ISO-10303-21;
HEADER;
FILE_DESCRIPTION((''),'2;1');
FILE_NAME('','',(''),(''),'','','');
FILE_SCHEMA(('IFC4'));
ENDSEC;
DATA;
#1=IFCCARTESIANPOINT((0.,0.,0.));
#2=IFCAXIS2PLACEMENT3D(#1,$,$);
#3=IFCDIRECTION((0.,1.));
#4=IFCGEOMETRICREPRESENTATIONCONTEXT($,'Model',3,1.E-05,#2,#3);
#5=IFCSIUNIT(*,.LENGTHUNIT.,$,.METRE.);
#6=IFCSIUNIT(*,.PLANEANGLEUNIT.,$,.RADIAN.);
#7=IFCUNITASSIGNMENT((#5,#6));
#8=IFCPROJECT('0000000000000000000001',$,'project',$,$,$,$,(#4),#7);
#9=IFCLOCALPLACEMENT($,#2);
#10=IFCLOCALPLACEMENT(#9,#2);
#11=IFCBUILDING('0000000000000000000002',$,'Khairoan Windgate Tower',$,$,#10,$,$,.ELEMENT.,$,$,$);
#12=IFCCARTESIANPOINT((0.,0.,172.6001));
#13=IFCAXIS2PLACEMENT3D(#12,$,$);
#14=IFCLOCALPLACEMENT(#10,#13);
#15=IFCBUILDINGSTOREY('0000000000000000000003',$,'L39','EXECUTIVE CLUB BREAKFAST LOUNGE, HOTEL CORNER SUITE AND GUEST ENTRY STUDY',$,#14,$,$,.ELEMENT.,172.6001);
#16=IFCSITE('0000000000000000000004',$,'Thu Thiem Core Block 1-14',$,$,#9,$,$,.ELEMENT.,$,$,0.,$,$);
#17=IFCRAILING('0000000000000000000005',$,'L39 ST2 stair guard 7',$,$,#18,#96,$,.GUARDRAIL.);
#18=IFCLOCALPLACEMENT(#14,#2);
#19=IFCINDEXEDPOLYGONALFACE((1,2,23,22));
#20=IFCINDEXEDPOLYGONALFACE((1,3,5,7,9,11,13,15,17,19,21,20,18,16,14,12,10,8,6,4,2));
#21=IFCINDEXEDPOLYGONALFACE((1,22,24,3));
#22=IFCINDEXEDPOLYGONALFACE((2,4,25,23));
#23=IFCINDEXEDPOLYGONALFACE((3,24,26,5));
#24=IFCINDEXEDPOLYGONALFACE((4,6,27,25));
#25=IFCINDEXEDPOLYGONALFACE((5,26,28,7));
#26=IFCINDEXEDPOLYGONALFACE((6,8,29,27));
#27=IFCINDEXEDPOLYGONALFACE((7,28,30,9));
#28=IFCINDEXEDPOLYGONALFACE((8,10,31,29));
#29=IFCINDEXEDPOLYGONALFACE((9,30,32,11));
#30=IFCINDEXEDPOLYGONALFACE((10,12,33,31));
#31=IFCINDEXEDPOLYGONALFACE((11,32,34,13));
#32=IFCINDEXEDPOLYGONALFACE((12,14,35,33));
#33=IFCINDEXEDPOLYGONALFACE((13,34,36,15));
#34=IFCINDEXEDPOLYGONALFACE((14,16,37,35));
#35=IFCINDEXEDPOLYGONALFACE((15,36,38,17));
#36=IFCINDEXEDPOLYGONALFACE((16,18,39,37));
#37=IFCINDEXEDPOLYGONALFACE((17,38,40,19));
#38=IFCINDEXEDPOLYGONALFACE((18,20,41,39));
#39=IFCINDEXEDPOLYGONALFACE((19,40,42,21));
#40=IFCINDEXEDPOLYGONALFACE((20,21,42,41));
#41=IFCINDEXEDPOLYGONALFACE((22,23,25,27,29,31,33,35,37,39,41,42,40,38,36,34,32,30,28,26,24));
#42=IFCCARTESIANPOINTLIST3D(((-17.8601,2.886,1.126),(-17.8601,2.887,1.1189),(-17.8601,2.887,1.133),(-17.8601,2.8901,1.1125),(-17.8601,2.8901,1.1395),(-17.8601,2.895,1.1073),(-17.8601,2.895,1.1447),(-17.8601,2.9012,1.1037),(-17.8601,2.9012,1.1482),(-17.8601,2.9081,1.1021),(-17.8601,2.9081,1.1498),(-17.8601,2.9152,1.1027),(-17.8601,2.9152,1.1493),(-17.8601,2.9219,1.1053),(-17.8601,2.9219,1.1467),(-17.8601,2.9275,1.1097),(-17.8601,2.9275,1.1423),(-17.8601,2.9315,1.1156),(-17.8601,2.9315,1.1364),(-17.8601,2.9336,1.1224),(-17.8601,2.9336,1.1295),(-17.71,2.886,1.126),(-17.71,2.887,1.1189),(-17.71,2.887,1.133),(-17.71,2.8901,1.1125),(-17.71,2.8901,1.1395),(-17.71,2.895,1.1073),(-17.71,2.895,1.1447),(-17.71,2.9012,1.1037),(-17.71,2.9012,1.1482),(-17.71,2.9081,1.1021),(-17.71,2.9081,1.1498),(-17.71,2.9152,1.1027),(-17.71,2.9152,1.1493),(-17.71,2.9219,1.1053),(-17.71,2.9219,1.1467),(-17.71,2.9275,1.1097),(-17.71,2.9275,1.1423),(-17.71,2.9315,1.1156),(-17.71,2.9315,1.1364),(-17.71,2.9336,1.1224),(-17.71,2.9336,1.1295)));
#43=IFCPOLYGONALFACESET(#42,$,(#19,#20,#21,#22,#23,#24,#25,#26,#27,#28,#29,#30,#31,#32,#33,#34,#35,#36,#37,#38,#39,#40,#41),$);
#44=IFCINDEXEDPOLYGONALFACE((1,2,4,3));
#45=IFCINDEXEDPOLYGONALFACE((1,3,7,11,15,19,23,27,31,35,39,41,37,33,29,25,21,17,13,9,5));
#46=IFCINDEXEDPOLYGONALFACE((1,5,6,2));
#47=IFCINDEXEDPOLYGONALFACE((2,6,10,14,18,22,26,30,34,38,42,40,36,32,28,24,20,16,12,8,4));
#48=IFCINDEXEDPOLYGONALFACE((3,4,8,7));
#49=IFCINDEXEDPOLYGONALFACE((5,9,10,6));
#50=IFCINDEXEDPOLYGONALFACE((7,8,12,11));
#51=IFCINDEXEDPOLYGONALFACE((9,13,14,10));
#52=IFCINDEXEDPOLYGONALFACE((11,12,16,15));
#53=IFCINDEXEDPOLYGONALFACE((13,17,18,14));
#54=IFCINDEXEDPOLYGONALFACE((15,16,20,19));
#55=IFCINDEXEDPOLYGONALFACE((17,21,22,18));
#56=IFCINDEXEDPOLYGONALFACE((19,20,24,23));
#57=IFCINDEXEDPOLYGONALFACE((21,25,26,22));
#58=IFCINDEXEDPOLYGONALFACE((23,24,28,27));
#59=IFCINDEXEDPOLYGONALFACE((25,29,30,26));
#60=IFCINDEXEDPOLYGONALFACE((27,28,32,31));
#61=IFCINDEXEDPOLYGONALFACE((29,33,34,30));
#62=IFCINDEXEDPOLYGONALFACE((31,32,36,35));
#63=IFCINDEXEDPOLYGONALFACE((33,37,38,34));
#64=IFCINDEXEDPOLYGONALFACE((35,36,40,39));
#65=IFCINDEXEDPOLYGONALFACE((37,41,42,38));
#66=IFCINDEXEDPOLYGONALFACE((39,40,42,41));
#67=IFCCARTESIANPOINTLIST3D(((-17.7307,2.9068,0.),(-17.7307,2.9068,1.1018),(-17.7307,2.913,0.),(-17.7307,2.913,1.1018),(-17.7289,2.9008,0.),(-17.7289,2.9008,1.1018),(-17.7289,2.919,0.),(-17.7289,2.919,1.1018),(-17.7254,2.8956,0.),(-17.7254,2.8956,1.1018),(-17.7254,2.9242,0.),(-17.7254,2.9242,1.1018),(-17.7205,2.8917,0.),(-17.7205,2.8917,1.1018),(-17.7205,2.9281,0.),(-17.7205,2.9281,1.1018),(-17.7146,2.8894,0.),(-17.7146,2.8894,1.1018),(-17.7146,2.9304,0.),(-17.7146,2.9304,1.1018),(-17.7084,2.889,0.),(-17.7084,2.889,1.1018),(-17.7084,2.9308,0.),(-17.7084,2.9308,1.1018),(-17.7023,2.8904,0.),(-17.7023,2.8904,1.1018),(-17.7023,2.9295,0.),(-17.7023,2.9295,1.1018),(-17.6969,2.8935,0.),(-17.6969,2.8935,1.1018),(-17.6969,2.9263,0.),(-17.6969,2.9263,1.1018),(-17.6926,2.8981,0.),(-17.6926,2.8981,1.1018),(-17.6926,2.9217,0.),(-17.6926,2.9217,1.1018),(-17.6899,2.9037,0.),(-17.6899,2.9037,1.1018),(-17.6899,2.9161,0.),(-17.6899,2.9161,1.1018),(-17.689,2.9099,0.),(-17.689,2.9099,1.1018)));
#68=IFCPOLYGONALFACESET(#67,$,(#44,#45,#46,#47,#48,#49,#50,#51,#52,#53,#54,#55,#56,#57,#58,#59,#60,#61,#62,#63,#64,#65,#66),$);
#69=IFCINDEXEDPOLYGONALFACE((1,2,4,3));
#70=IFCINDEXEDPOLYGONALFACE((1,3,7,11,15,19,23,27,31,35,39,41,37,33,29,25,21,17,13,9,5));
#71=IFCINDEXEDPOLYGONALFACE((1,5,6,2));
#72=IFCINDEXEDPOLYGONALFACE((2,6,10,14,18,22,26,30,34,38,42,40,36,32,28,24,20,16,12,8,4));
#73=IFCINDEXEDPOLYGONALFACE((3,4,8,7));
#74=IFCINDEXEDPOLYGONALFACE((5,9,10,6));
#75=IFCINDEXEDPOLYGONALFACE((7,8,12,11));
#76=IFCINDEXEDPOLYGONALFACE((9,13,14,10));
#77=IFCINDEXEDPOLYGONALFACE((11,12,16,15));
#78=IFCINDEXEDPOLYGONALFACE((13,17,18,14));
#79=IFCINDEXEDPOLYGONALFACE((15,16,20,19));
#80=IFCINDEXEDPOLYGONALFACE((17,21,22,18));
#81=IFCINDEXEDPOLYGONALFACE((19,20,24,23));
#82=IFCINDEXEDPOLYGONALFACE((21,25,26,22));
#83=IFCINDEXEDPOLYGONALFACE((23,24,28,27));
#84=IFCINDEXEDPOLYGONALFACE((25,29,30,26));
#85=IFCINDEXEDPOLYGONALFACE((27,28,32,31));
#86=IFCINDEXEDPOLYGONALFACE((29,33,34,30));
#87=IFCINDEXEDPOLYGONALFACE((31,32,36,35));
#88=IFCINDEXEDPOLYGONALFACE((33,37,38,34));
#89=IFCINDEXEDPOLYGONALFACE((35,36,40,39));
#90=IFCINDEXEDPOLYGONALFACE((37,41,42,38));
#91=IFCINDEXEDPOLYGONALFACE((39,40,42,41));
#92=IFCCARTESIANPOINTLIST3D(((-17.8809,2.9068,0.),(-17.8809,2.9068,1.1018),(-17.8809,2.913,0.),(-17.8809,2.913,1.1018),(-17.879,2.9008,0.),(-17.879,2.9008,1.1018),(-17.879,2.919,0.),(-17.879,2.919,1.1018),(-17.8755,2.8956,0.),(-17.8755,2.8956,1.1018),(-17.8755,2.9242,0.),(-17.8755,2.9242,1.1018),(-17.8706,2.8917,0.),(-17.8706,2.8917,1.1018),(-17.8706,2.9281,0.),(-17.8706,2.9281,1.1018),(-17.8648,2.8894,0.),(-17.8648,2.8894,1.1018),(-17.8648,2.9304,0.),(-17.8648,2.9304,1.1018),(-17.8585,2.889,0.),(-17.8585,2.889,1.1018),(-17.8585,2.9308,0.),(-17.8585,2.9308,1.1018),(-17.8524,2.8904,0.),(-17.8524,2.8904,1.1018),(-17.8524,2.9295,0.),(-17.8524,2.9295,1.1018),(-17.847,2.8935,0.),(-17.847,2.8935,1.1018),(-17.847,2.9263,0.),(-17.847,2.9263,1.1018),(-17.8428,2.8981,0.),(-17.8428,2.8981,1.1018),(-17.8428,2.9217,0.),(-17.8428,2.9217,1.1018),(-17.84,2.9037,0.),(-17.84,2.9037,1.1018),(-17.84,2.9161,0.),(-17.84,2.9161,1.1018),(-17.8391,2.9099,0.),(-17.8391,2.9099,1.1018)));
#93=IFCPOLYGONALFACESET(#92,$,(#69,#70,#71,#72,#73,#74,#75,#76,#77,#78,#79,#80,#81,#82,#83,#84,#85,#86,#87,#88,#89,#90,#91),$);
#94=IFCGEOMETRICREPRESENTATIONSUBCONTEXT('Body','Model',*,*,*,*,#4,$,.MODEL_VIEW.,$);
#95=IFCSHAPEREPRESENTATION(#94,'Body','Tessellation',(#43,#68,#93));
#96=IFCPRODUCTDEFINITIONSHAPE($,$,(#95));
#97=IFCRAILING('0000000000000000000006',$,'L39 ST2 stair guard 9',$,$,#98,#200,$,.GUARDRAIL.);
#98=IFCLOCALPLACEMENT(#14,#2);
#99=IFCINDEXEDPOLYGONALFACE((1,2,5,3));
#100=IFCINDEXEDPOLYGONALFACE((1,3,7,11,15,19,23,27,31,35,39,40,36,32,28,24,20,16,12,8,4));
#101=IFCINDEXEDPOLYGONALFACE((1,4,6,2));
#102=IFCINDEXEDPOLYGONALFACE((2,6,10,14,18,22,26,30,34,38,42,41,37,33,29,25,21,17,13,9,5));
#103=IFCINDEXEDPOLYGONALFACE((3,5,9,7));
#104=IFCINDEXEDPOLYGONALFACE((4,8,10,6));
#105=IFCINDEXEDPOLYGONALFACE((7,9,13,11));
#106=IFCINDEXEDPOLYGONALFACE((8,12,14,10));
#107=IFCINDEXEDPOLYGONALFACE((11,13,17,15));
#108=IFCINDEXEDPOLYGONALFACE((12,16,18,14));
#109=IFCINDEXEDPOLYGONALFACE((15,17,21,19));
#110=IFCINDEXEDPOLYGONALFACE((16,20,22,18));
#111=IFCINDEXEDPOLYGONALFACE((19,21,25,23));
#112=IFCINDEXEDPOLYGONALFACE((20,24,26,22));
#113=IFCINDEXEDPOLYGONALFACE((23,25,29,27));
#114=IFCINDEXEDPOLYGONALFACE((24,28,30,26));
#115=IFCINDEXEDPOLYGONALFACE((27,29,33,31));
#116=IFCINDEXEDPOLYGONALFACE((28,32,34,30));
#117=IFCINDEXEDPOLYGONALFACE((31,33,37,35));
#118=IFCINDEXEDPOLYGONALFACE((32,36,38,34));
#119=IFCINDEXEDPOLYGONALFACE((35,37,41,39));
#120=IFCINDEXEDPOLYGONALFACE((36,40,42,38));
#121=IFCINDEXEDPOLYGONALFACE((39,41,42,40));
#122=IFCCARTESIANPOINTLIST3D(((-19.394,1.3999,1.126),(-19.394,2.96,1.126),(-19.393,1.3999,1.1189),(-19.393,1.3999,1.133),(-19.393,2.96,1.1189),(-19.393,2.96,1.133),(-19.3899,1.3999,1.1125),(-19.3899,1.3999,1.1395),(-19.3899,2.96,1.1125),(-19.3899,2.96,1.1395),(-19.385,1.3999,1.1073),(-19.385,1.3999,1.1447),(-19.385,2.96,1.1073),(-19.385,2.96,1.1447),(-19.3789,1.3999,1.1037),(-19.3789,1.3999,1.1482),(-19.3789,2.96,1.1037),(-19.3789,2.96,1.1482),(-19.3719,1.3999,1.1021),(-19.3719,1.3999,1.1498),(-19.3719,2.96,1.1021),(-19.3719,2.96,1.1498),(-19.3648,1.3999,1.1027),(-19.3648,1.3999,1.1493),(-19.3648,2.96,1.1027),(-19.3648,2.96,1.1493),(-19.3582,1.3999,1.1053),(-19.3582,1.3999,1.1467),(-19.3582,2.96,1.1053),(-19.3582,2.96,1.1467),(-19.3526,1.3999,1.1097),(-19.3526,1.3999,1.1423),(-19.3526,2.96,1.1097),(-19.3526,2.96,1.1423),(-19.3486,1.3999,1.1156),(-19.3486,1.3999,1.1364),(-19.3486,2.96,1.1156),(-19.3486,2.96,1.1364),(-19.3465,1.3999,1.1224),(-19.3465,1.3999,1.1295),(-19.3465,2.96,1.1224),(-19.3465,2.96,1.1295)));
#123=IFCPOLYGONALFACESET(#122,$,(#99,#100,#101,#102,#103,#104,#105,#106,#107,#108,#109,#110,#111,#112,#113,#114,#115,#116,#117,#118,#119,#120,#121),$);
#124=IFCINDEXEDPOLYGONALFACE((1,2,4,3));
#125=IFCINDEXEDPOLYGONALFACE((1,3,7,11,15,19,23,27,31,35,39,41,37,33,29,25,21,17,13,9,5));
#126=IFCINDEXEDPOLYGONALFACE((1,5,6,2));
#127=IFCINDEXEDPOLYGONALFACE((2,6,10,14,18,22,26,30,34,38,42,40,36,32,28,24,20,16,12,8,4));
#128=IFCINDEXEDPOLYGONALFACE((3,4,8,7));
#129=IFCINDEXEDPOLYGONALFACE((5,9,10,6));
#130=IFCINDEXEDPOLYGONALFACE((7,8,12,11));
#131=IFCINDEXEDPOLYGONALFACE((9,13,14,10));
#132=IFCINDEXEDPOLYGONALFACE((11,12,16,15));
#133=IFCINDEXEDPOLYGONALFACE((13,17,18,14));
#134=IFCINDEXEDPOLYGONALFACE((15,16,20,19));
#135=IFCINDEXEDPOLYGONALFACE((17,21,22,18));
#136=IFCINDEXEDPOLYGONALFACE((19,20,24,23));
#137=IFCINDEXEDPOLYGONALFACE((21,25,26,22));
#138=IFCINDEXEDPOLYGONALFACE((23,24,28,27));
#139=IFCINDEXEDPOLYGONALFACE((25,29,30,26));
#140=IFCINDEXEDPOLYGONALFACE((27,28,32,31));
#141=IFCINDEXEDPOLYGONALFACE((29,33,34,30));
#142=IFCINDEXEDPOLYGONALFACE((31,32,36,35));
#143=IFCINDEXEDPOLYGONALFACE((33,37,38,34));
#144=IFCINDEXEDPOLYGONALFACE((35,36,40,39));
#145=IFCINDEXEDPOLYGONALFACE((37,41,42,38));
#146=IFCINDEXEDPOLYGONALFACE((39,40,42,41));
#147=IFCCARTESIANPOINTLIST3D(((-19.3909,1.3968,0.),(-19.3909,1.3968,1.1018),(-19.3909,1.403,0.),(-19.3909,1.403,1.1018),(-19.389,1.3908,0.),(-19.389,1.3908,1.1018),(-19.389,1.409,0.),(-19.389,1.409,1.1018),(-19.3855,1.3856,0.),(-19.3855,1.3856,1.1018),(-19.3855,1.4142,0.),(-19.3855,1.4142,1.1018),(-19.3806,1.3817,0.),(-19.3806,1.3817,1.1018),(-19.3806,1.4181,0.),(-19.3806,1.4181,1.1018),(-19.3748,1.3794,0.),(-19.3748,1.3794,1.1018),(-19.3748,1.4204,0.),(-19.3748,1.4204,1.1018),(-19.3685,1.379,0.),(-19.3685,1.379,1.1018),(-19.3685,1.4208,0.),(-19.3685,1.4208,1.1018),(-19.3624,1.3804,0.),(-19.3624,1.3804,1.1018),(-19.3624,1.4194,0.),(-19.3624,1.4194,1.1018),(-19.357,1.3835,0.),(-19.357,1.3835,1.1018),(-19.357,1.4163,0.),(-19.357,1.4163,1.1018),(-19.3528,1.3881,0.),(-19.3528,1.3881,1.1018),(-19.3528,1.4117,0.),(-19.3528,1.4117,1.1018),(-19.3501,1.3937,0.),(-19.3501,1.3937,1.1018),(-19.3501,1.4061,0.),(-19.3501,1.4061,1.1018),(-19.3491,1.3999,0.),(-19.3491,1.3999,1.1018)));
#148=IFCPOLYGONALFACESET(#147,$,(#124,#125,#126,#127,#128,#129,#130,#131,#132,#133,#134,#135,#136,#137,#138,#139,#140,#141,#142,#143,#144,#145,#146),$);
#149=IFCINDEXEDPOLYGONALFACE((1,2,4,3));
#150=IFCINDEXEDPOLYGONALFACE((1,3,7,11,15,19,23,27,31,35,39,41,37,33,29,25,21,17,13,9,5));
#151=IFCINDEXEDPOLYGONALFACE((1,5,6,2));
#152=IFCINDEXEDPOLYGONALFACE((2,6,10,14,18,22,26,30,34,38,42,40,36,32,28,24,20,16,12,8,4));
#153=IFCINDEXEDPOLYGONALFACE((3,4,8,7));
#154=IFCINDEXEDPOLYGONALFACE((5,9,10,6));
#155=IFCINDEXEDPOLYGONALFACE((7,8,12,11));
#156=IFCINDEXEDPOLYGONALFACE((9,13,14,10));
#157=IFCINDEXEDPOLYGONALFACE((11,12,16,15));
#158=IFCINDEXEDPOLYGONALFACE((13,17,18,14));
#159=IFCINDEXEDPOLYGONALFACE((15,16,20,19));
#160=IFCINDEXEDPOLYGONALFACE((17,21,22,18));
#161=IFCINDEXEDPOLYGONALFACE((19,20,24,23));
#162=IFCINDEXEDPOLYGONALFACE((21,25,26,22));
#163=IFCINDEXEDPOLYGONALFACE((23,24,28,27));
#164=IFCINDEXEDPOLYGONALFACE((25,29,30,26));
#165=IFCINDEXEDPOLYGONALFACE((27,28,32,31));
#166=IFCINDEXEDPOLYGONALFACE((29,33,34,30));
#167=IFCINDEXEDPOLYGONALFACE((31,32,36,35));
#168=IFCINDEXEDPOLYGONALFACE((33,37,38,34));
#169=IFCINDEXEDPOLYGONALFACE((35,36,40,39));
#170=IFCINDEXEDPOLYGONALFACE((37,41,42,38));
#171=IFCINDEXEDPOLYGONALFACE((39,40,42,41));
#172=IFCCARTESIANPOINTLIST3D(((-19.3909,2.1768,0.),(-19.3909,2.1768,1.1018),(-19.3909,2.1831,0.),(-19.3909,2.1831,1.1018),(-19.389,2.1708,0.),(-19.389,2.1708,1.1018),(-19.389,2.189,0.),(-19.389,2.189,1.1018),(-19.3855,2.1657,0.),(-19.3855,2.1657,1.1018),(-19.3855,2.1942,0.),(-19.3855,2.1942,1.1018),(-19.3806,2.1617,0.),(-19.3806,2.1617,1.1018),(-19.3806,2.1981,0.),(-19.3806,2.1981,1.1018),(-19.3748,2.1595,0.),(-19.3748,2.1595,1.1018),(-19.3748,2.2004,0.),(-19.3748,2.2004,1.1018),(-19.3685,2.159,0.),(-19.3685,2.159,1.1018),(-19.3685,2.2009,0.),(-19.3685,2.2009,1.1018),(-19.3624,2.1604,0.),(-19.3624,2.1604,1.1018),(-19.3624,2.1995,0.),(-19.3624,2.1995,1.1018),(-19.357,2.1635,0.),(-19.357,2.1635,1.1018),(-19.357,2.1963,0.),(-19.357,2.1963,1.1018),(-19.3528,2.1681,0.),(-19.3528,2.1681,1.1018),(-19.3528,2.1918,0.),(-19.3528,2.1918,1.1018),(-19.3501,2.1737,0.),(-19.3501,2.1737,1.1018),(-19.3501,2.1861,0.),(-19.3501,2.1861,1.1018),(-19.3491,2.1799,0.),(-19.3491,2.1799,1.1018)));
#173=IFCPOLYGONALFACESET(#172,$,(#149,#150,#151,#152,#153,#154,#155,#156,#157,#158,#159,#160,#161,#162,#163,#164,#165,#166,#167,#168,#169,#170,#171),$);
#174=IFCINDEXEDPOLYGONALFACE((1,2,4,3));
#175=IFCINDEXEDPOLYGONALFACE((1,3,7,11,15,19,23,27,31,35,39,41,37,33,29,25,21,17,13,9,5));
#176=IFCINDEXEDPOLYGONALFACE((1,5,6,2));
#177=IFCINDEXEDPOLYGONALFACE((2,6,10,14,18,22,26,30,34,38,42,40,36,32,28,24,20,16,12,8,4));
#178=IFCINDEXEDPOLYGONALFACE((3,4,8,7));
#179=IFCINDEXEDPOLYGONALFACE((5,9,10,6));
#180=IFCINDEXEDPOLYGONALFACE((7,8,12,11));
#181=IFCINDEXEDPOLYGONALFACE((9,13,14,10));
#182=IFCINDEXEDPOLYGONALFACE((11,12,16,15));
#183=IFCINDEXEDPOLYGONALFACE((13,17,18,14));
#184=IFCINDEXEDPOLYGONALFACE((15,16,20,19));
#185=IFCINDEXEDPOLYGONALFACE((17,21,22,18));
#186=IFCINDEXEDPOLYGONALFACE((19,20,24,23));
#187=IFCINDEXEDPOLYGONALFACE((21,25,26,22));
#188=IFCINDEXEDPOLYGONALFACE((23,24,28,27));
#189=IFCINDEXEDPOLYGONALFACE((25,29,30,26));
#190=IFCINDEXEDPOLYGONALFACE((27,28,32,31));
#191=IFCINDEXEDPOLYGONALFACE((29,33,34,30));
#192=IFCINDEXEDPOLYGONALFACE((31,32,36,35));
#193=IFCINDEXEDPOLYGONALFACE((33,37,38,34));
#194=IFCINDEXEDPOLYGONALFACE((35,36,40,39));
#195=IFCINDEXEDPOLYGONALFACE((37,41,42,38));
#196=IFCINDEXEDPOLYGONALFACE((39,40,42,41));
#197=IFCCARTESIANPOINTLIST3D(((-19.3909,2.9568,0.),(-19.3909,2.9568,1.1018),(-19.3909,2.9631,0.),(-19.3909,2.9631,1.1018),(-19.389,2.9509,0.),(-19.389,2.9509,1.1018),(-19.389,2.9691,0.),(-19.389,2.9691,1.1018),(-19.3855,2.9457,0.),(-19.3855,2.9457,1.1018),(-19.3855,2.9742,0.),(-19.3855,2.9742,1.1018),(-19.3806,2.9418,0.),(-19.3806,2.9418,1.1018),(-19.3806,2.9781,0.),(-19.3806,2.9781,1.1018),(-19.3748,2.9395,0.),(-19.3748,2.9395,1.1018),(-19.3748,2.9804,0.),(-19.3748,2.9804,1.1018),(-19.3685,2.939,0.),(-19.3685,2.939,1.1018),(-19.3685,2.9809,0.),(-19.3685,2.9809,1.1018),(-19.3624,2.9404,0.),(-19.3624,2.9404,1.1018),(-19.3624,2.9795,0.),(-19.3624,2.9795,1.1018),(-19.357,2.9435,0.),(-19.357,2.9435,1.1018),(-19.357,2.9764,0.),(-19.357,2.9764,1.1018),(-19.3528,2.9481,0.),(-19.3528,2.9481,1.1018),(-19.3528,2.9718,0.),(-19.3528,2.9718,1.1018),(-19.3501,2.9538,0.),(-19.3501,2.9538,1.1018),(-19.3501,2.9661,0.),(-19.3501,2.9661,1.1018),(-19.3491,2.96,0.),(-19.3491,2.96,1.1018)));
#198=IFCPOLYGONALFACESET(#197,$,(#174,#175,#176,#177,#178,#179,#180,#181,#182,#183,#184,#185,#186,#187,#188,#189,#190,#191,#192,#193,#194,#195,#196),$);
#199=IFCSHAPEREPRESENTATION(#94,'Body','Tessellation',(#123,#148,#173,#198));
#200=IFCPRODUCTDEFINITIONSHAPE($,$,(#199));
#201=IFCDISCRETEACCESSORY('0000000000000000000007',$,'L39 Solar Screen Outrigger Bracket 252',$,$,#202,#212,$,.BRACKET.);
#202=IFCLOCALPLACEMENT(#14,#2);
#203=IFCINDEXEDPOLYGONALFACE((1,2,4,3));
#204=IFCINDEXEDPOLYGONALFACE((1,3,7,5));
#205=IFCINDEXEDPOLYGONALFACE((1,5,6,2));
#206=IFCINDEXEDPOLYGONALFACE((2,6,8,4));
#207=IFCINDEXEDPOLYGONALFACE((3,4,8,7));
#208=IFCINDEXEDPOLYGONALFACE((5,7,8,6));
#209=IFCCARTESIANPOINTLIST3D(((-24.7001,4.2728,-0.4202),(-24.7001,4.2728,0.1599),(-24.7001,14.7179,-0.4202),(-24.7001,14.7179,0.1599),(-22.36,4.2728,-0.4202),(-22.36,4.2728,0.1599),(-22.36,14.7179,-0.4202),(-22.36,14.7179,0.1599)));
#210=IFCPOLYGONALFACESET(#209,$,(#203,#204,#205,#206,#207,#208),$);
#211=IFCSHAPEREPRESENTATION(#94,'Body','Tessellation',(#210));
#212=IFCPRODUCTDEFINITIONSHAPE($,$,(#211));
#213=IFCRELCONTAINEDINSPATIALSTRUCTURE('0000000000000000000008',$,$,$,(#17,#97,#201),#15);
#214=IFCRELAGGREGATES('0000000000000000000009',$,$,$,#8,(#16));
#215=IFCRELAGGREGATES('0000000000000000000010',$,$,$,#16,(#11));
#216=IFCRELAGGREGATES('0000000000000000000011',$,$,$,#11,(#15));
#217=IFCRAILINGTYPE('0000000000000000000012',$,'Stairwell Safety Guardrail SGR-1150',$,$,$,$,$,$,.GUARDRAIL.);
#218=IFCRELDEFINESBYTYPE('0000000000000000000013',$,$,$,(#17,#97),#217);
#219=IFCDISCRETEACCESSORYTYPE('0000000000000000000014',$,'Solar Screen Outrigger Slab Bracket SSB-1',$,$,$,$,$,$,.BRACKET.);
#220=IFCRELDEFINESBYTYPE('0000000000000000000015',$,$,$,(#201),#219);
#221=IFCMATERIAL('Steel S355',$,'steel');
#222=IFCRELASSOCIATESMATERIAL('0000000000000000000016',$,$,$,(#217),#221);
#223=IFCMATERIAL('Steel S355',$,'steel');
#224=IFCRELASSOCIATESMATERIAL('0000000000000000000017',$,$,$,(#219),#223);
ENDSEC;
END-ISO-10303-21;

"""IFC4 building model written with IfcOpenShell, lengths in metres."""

from ifc_helpers import new_model, si_unit, direction, frame, origin, origin_2d, place, context, subcontext, project, spatial, rectangle, circle, extrude, material, type_object, element, save


model = new_model("IFC4")

# Units and contexts
model_context = context("Model", 3, precision=1e-05, world=origin(), true_north=direction((0.0, 1.0)))
body_context = subcontext(model_context, "Body", "Model", "MODEL_VIEW")
ifc_project = project(units=[si_unit("LENGTHUNIT", "METRE"), si_unit("PLANEANGLEUNIT", "RADIAN")], contexts=[model_context])

# Site, building, storey
site_placement = place(None, origin())
site = spatial("IfcSite", under=ifc_project, at=site_placement, Name="Thu Thiem Core Block 1-14", CompositionType="ELEMENT", RefElevation=0.0)
building_placement = place(site_placement, origin())
building = spatial("IfcBuilding", under=site, at=building_placement, Name="Khairoan Windgate Tower", CompositionType="ELEMENT")
storey_placement = place(building_placement, frame((0.0, 0.0, 172.6001)))
storey = spatial("IfcBuildingStorey", under=building, at=storey_placement, Name="L39", Description="EXECUTIVE CLUB BREAKFAST LOUNGE, HOTEL CORNER SUITE AND GUEST ENTRY STUDY", CompositionType="ELEMENT", Elevation=172.6001)

# Railings
ifc_material_1 = material(Name="Steel S355", Category="steel")
railing_type_1 = type_object("IfcRailingType", Name="Stairwell Safety Guardrail SGR-1150", PredefinedType="GUARDRAIL", material=ifc_material_1)
railing_1_placement = place(storey_placement, frame((-17.71, 2.9099, 0.0)))
element("IfcRailing", 1, at=railing_1_placement, inside=storey, type_object=railing_type_1, Name="L39 ST2 stair guard 7", PredefinedType="GUARDRAIL", context=body_context, shape_type="SweptSolid", body=[
    extrude(circle(Radius=0.0239, at=origin_2d()), frame((0.0, 0.0, 1.126), z_axis=(-1.0, 0.0, 0.0), x_axis=(0.0, -1.0, 0.0)), (0.0, 0.0, 1.0), 0.1501),
    extrude(circle(Radius=0.021, at=origin_2d()), origin(), (0.0, 0.0, 1.0), 1.1018),
    extrude(circle(Radius=0.021, at=origin_2d()), frame((-0.1501, 0.0, 0.0)), (0.0, 0.0, 1.0), 1.1018),
])
railing_2_placement = place(storey_placement, frame((-19.3701, 1.3999, 0.0)))
element("IfcRailing", 2, at=railing_2_placement, inside=storey, type_object=railing_type_1, Name="L39 ST2 stair guard 9", PredefinedType="GUARDRAIL", context=body_context, shape_type="SweptSolid", body=[
    extrude(circle(Radius=0.0239, at=origin_2d()), frame((0.0, 0.0, 1.126), z_axis=(0.0, 1.0, 0.0), x_axis=(-1.0, 0.0, 0.0)), (0.0, 0.0, 1.0), 1.5601),
    extrude(circle(Radius=0.021, at=origin_2d()), origin(), (0.0, 0.0, 1.0), 1.1018),
    extrude(circle(Radius=0.021, at=origin_2d()), frame((0.0, 0.78, 0.0)), (0.0, 0.0, 1.0), 1.1018),
    extrude(circle(Radius=0.021, at=origin_2d()), frame((0.0, 1.5601, 0.0)), (0.0, 0.0, 1.0), 1.1018),
])

# Discrete accessory
ifc_material_2 = material(Name="Steel S355", Category="steel")
discrete_accessory_type = type_object("IfcDiscreteAccessoryType", Name="Solar Screen Outrigger Slab Bracket SSB-1", PredefinedType="BRACKET", material=ifc_material_2)
discrete_accessory_placement = place(storey_placement, frame((-23.53, 9.4954, -0.4202), z_axis=(0.0, 0.0, 1.0), x_axis=(0.0, 1.0, 0.0)))
element("IfcDiscreteAccessory", 3, at=discrete_accessory_placement, inside=storey, type_object=discrete_accessory_type, Name="L39 Solar Screen Outrigger Bracket 252", PredefinedType="BRACKET", context=body_context, shape_type="SweptSolid", body=[
    extrude(rectangle(XDim=10.4451, YDim=2.3401, at=origin_2d()), origin(), (0.0, 0.0, 1.0), 0.5801),
])

save(model, "model.ifc")
